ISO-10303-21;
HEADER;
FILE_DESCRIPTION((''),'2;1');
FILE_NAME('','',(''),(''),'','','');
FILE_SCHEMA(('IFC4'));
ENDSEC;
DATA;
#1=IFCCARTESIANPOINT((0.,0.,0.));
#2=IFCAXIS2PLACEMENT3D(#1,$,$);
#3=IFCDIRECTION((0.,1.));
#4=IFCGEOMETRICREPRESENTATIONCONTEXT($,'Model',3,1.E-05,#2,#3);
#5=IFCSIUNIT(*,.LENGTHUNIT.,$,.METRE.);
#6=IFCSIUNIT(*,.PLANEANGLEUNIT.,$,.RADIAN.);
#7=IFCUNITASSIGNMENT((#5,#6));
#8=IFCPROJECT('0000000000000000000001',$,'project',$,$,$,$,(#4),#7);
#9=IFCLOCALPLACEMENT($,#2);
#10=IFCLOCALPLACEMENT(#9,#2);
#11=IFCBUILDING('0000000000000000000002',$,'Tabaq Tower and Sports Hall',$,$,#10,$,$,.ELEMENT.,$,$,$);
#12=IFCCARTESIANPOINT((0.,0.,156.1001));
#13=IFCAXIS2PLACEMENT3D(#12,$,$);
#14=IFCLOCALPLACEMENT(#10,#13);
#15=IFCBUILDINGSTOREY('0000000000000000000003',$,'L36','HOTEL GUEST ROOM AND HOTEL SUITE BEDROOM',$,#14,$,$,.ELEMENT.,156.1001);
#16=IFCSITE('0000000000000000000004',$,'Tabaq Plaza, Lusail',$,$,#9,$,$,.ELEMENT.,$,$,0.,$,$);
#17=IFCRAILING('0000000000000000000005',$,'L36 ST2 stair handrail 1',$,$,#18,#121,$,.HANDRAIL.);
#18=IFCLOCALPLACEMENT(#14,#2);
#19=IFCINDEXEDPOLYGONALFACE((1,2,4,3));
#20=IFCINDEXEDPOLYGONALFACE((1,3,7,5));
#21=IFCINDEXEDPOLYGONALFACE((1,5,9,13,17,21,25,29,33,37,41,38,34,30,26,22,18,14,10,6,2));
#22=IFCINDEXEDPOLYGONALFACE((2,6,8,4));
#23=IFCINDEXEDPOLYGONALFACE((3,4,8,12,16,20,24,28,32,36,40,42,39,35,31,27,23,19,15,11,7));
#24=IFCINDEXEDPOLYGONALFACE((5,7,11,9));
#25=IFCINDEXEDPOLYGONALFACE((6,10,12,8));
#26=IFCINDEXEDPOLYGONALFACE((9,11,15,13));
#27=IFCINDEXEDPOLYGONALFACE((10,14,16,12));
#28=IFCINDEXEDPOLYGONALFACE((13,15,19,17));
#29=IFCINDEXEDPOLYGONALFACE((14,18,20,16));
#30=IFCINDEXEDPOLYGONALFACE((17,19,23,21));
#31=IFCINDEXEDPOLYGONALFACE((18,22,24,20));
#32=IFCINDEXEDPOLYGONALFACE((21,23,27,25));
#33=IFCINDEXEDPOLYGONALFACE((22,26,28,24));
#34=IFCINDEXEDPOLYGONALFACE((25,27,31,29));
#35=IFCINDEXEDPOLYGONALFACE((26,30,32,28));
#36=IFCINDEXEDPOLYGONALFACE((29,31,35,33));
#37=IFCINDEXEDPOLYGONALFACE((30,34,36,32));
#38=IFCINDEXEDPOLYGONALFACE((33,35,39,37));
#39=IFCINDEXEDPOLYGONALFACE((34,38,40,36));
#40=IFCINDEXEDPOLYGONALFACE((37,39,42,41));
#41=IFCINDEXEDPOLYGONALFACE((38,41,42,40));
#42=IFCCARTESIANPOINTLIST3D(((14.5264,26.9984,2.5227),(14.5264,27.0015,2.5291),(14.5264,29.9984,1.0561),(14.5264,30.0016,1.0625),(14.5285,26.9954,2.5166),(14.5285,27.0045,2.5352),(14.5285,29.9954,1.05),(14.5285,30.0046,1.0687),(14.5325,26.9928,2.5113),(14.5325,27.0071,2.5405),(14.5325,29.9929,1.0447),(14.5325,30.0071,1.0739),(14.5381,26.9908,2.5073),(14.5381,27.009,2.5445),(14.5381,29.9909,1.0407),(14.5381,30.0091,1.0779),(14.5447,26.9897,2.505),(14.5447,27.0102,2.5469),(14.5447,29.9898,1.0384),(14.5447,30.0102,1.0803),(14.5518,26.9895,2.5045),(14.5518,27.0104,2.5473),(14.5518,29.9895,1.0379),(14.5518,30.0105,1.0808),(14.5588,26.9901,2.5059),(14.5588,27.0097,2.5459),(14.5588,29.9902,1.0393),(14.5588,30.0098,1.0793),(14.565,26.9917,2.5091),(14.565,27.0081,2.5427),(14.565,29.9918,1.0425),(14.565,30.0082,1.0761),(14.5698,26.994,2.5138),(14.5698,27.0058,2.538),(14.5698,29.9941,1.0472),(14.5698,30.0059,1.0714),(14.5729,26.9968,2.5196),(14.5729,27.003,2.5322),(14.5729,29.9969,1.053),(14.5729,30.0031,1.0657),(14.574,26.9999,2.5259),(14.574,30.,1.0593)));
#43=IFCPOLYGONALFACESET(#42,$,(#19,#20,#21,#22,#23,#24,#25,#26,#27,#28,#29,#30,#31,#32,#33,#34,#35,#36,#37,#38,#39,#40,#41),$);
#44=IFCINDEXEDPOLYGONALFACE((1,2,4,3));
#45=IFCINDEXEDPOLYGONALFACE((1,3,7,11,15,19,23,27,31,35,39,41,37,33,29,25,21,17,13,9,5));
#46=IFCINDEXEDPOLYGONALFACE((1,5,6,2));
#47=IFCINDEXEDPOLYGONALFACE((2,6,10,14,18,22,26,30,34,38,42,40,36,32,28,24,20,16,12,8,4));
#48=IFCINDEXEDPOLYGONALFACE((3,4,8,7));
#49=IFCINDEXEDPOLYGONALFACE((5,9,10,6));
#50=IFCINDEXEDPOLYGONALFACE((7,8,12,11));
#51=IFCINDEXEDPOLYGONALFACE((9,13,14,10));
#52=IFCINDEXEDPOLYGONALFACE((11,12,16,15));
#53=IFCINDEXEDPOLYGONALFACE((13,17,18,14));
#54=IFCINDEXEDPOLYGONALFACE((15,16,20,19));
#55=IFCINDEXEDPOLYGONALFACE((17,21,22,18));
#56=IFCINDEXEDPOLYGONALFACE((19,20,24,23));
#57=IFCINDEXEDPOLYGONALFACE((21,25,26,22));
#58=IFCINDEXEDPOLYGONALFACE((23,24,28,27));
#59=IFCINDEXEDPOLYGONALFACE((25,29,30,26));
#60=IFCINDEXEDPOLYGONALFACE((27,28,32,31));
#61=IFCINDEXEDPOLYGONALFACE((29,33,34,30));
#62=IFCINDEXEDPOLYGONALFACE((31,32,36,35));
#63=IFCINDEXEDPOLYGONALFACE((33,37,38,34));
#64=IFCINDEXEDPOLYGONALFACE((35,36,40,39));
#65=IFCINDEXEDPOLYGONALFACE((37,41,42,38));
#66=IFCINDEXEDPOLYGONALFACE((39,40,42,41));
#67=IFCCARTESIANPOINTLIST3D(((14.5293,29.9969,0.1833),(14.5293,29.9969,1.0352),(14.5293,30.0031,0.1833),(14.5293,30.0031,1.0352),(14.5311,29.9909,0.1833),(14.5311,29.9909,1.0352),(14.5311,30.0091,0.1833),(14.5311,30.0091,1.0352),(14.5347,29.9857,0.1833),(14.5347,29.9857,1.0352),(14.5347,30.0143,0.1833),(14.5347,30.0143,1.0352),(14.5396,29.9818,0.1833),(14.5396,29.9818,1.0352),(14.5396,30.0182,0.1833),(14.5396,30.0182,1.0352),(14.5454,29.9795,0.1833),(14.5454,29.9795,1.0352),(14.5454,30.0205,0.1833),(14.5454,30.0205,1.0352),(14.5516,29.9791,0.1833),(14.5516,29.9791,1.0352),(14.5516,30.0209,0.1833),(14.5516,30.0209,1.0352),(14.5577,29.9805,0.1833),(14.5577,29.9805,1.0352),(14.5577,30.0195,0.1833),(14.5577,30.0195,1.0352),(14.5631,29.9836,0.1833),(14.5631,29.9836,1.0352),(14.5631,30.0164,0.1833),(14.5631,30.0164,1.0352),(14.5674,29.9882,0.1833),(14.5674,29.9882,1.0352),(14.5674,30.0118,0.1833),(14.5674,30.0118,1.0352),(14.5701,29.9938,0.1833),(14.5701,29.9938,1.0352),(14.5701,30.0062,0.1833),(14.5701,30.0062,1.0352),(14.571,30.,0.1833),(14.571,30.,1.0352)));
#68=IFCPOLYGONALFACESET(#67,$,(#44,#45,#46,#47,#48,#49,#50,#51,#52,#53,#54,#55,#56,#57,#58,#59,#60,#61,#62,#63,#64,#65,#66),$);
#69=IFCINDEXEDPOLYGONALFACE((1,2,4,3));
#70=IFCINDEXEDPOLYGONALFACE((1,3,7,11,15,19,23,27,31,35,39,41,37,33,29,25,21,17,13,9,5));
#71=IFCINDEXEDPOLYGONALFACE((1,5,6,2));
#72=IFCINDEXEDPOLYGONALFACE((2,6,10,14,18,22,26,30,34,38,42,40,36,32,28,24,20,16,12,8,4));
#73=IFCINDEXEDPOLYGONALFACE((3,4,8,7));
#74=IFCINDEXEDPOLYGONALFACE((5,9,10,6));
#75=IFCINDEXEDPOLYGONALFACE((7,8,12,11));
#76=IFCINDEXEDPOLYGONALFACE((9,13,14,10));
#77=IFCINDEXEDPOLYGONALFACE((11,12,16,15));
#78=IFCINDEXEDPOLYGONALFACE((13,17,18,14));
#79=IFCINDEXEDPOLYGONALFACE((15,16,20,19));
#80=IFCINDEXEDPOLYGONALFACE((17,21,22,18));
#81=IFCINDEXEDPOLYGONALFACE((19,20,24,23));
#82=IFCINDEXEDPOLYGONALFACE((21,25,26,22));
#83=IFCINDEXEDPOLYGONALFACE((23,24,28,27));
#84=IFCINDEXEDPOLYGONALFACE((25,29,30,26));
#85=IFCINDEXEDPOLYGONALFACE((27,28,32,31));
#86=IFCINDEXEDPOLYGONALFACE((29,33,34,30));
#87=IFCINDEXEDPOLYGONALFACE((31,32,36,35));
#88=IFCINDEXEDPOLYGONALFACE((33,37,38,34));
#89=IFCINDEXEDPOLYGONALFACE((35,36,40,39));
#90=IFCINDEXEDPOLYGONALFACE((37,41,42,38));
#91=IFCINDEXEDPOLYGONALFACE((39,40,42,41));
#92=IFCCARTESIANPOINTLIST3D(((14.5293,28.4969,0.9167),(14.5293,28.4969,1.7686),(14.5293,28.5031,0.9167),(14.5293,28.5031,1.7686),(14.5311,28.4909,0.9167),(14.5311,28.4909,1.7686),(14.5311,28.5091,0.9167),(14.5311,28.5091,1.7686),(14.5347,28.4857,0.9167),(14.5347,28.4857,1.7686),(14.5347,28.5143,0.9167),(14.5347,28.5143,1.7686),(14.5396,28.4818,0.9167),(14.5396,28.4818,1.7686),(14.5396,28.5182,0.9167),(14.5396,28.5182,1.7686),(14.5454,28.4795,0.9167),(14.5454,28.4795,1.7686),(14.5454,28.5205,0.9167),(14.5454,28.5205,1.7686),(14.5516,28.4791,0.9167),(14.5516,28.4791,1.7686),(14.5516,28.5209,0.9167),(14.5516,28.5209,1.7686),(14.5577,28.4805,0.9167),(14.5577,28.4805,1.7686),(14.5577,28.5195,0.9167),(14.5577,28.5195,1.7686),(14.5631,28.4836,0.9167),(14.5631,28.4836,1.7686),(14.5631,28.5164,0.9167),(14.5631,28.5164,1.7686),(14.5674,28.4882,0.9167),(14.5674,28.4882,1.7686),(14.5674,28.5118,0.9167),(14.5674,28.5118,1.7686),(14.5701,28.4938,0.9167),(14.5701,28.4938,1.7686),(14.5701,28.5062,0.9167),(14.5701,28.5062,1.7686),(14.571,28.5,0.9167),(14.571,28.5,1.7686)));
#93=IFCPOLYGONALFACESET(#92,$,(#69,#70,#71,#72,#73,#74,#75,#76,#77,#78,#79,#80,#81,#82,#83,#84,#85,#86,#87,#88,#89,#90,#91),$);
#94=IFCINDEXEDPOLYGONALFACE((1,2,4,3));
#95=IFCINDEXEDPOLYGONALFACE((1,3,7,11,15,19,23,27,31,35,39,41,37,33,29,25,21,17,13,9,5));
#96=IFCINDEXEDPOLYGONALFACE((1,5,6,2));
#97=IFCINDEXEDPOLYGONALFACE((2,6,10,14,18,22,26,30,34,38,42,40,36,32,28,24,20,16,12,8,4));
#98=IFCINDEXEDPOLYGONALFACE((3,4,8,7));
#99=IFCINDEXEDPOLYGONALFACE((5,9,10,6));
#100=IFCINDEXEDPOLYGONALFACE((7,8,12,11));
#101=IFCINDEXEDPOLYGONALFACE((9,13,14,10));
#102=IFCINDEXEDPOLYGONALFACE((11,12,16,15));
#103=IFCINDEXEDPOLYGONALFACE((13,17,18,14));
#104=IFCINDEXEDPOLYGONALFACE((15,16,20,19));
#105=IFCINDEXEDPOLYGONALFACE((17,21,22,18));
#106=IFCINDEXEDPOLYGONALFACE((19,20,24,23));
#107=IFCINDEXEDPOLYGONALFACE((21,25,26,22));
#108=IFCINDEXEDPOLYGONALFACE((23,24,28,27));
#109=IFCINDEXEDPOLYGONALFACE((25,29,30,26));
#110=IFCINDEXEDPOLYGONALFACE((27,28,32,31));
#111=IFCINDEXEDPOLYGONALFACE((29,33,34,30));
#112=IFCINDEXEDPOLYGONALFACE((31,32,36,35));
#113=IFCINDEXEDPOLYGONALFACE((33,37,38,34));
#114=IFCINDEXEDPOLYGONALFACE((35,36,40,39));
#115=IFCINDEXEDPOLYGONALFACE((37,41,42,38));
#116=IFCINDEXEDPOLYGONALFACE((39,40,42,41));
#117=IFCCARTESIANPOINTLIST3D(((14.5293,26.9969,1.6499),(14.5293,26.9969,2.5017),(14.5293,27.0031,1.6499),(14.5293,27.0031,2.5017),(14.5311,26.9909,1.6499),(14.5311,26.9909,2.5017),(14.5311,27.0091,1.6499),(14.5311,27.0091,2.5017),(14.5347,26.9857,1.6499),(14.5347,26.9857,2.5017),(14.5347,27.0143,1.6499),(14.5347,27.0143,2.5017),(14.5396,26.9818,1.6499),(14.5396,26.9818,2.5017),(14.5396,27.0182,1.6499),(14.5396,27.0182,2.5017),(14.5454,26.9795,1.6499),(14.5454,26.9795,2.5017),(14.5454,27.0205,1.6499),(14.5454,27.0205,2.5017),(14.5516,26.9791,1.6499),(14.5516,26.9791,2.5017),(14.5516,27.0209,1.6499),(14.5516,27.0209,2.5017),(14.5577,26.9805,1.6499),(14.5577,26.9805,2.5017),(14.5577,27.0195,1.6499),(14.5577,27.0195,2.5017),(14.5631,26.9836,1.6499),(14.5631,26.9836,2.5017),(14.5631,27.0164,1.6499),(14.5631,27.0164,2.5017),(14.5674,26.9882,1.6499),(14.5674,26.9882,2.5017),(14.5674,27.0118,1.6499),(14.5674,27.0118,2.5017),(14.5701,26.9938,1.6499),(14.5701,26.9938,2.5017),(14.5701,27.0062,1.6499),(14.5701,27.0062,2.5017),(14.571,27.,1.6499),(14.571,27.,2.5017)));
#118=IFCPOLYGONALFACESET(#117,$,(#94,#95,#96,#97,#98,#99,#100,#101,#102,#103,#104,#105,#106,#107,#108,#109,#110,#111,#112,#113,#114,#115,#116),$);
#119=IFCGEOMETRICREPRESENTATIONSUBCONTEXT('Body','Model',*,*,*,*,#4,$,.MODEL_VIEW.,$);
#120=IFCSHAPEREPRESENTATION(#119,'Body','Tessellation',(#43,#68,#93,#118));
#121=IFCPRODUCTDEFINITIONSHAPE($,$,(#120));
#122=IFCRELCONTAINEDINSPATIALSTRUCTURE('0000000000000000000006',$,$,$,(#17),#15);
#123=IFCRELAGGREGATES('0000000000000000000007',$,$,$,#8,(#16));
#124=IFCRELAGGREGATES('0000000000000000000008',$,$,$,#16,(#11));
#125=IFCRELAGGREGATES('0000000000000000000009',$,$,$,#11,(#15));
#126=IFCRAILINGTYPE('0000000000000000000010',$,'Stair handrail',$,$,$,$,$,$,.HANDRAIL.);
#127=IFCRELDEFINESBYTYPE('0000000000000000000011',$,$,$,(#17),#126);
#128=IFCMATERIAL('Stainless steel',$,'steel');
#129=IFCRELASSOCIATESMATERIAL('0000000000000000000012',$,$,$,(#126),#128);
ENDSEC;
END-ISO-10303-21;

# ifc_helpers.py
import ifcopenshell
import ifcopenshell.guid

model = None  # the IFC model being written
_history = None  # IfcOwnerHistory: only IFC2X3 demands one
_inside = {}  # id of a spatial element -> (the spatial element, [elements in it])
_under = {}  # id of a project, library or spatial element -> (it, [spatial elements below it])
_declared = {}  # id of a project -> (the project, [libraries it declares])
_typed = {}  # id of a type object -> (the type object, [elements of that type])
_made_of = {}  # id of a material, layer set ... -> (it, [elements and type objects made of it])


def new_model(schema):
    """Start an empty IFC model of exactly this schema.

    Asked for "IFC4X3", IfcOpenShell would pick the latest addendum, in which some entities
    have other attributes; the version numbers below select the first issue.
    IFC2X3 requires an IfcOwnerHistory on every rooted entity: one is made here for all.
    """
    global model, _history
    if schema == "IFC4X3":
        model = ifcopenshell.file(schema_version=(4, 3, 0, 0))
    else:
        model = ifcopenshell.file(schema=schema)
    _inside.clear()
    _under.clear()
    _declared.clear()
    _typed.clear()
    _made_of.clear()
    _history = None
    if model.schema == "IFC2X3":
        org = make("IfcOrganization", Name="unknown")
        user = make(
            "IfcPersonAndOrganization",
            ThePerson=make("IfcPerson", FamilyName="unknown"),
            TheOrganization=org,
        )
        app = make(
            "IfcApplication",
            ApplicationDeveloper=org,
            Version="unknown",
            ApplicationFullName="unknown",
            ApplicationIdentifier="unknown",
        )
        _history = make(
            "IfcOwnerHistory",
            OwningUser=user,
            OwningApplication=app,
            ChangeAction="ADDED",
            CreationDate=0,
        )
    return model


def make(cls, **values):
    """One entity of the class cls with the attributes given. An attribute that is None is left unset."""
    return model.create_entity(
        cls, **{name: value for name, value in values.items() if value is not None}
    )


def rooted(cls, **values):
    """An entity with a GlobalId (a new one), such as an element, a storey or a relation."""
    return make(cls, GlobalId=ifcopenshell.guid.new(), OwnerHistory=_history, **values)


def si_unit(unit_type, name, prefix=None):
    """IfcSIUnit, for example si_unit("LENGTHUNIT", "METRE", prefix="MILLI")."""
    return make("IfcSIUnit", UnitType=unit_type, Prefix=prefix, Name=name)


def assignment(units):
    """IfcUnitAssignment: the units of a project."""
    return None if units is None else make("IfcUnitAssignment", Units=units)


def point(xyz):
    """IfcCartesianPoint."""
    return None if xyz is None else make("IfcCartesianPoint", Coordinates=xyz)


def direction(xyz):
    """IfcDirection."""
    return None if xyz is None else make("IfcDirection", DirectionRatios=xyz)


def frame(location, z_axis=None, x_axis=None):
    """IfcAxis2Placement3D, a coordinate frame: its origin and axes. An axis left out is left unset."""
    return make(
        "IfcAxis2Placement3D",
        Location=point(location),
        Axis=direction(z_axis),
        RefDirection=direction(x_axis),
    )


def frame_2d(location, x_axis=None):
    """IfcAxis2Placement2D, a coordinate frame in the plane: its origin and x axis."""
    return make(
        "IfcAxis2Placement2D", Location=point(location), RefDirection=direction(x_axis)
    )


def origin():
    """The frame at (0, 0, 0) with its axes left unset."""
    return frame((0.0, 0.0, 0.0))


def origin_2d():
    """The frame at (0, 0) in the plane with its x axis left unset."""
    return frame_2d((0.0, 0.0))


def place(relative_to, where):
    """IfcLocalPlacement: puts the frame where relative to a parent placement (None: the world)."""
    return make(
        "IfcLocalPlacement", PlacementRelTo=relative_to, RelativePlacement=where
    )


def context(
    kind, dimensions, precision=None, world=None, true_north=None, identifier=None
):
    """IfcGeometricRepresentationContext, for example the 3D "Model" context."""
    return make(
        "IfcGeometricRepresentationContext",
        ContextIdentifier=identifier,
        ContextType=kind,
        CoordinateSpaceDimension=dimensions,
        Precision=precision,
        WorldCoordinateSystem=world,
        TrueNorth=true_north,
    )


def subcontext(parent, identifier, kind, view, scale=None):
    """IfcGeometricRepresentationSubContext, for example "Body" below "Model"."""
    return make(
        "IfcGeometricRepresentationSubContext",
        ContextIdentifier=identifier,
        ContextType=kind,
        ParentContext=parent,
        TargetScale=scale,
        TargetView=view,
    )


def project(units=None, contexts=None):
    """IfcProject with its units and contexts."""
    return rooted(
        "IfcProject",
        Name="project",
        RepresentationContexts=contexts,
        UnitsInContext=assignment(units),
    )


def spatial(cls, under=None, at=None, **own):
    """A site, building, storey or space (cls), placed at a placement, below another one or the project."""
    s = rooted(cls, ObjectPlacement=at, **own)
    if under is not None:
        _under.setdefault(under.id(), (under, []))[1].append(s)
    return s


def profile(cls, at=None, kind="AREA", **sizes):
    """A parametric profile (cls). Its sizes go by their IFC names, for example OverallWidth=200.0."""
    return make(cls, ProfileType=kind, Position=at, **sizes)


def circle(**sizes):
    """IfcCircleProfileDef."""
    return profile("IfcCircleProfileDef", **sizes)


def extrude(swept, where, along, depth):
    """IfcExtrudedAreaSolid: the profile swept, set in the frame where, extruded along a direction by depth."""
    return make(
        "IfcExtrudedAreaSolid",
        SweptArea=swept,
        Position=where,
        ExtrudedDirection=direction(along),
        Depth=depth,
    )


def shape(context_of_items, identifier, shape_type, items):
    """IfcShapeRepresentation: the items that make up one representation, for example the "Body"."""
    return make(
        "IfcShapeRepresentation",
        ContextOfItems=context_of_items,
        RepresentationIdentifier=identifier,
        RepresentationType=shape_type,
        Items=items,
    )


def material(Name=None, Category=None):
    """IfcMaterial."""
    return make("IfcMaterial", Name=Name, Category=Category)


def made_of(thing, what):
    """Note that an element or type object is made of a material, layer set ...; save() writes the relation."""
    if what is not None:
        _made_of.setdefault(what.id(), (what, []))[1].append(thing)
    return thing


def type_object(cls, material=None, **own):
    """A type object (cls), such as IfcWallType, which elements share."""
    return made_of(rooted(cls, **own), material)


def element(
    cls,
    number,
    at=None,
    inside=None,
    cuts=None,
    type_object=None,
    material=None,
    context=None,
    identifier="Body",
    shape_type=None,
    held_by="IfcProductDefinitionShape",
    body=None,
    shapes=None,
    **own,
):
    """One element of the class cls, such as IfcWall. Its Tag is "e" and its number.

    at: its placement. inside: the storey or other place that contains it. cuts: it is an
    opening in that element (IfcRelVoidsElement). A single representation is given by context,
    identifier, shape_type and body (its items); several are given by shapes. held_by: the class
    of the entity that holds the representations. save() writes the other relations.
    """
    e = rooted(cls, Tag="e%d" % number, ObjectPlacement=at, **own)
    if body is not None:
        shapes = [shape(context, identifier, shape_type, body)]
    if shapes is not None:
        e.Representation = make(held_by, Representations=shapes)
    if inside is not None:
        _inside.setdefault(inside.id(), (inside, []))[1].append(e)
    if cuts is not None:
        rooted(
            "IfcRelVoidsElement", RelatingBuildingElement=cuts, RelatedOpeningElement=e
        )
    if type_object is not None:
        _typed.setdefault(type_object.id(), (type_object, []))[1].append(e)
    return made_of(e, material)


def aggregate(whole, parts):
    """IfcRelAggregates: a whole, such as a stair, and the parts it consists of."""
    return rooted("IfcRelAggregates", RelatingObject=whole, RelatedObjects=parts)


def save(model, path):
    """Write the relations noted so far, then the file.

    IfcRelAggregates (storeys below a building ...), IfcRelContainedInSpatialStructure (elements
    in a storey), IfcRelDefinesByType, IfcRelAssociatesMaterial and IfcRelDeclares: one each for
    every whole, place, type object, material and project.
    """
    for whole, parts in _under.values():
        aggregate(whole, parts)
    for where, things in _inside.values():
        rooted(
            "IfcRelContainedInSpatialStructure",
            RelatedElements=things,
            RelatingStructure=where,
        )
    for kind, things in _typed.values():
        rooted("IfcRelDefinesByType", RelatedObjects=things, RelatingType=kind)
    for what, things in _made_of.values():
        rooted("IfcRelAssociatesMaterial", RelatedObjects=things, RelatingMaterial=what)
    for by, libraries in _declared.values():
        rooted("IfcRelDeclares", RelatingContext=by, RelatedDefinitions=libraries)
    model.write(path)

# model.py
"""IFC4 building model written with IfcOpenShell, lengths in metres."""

from ifc_helpers import new_model, si_unit, direction, frame, origin, origin_2d, place, context, subcontext, project, spatial, circle, extrude, material, type_object, element, save


model = new_model("IFC4")

# Units and contexts
model_context = context("Model", 3, precision=1e-05, world=origin(), true_north=direction((0.0, 1.0)))
body_context = subcontext(model_context, "Body", "Model", "MODEL_VIEW")
ifc_project = project(units=[si_unit("LENGTHUNIT", "METRE"), si_unit("PLANEANGLEUNIT", "RADIAN")], contexts=[model_context])

# Site, building, storey
site_placement = place(None, origin())
site = spatial("IfcSite", under=ifc_project, at=site_placement, Name="Tabaq Plaza, Lusail", CompositionType="ELEMENT", RefElevation=0.0)
building_placement = place(site_placement, origin())
building = spatial("IfcBuilding", under=site, at=building_placement, Name="Tabaq Tower and Sports Hall", CompositionType="ELEMENT")
storey_placement = place(building_placement, frame((0.0, 0.0, 156.1001)))
storey = spatial("IfcBuildingStorey", under=building, at=storey_placement, Name="L36", Description="HOTEL GUEST ROOM AND HOTEL SUITE BEDROOM", CompositionType="ELEMENT", Elevation=156.1001)

# Railing
ifc_material_1 = material(Name="Stainless steel", Category="steel")
railing_type_1 = type_object("IfcRailingType", Name="Stair handrail", PredefinedType="HANDRAIL", material=ifc_material_1)
railing_1_placement = place(storey_placement, frame((14.55, 30.0, 0.1833)))
element("IfcRailing", 1, at=railing_1_placement, inside=storey, type_object=railing_type_1, Name="L36 ST2 stair handrail 1", PredefinedType="HANDRAIL", context=body_context, shape_type="SweptSolid", body=[
    extrude(circle(Radius=0.0239, at=origin_2d()), frame((0.0, 0.0, 0.876), z_axis=(0.0, -0.898398, 0.439183), x_axis=(1.0, 0.0, 0.0)), (0.0, 0.0, 1.0), 3.3394),
    extrude(circle(Radius=0.021, at=origin_2d()), origin(), (0.0, 0.0, 1.0), 0.8518),
    extrude(circle(Radius=0.021, at=origin_2d()), frame((0.0, -1.5, 0.7334)), (0.0, 0.0, 1.0), 0.8518),
    extrude(circle(Radius=0.021, at=origin_2d()), frame((0.0, -3.0, 1.4666)), (0.0, 0.0, 1.0), 0.8518),
])

save(model, "model.ifc")
